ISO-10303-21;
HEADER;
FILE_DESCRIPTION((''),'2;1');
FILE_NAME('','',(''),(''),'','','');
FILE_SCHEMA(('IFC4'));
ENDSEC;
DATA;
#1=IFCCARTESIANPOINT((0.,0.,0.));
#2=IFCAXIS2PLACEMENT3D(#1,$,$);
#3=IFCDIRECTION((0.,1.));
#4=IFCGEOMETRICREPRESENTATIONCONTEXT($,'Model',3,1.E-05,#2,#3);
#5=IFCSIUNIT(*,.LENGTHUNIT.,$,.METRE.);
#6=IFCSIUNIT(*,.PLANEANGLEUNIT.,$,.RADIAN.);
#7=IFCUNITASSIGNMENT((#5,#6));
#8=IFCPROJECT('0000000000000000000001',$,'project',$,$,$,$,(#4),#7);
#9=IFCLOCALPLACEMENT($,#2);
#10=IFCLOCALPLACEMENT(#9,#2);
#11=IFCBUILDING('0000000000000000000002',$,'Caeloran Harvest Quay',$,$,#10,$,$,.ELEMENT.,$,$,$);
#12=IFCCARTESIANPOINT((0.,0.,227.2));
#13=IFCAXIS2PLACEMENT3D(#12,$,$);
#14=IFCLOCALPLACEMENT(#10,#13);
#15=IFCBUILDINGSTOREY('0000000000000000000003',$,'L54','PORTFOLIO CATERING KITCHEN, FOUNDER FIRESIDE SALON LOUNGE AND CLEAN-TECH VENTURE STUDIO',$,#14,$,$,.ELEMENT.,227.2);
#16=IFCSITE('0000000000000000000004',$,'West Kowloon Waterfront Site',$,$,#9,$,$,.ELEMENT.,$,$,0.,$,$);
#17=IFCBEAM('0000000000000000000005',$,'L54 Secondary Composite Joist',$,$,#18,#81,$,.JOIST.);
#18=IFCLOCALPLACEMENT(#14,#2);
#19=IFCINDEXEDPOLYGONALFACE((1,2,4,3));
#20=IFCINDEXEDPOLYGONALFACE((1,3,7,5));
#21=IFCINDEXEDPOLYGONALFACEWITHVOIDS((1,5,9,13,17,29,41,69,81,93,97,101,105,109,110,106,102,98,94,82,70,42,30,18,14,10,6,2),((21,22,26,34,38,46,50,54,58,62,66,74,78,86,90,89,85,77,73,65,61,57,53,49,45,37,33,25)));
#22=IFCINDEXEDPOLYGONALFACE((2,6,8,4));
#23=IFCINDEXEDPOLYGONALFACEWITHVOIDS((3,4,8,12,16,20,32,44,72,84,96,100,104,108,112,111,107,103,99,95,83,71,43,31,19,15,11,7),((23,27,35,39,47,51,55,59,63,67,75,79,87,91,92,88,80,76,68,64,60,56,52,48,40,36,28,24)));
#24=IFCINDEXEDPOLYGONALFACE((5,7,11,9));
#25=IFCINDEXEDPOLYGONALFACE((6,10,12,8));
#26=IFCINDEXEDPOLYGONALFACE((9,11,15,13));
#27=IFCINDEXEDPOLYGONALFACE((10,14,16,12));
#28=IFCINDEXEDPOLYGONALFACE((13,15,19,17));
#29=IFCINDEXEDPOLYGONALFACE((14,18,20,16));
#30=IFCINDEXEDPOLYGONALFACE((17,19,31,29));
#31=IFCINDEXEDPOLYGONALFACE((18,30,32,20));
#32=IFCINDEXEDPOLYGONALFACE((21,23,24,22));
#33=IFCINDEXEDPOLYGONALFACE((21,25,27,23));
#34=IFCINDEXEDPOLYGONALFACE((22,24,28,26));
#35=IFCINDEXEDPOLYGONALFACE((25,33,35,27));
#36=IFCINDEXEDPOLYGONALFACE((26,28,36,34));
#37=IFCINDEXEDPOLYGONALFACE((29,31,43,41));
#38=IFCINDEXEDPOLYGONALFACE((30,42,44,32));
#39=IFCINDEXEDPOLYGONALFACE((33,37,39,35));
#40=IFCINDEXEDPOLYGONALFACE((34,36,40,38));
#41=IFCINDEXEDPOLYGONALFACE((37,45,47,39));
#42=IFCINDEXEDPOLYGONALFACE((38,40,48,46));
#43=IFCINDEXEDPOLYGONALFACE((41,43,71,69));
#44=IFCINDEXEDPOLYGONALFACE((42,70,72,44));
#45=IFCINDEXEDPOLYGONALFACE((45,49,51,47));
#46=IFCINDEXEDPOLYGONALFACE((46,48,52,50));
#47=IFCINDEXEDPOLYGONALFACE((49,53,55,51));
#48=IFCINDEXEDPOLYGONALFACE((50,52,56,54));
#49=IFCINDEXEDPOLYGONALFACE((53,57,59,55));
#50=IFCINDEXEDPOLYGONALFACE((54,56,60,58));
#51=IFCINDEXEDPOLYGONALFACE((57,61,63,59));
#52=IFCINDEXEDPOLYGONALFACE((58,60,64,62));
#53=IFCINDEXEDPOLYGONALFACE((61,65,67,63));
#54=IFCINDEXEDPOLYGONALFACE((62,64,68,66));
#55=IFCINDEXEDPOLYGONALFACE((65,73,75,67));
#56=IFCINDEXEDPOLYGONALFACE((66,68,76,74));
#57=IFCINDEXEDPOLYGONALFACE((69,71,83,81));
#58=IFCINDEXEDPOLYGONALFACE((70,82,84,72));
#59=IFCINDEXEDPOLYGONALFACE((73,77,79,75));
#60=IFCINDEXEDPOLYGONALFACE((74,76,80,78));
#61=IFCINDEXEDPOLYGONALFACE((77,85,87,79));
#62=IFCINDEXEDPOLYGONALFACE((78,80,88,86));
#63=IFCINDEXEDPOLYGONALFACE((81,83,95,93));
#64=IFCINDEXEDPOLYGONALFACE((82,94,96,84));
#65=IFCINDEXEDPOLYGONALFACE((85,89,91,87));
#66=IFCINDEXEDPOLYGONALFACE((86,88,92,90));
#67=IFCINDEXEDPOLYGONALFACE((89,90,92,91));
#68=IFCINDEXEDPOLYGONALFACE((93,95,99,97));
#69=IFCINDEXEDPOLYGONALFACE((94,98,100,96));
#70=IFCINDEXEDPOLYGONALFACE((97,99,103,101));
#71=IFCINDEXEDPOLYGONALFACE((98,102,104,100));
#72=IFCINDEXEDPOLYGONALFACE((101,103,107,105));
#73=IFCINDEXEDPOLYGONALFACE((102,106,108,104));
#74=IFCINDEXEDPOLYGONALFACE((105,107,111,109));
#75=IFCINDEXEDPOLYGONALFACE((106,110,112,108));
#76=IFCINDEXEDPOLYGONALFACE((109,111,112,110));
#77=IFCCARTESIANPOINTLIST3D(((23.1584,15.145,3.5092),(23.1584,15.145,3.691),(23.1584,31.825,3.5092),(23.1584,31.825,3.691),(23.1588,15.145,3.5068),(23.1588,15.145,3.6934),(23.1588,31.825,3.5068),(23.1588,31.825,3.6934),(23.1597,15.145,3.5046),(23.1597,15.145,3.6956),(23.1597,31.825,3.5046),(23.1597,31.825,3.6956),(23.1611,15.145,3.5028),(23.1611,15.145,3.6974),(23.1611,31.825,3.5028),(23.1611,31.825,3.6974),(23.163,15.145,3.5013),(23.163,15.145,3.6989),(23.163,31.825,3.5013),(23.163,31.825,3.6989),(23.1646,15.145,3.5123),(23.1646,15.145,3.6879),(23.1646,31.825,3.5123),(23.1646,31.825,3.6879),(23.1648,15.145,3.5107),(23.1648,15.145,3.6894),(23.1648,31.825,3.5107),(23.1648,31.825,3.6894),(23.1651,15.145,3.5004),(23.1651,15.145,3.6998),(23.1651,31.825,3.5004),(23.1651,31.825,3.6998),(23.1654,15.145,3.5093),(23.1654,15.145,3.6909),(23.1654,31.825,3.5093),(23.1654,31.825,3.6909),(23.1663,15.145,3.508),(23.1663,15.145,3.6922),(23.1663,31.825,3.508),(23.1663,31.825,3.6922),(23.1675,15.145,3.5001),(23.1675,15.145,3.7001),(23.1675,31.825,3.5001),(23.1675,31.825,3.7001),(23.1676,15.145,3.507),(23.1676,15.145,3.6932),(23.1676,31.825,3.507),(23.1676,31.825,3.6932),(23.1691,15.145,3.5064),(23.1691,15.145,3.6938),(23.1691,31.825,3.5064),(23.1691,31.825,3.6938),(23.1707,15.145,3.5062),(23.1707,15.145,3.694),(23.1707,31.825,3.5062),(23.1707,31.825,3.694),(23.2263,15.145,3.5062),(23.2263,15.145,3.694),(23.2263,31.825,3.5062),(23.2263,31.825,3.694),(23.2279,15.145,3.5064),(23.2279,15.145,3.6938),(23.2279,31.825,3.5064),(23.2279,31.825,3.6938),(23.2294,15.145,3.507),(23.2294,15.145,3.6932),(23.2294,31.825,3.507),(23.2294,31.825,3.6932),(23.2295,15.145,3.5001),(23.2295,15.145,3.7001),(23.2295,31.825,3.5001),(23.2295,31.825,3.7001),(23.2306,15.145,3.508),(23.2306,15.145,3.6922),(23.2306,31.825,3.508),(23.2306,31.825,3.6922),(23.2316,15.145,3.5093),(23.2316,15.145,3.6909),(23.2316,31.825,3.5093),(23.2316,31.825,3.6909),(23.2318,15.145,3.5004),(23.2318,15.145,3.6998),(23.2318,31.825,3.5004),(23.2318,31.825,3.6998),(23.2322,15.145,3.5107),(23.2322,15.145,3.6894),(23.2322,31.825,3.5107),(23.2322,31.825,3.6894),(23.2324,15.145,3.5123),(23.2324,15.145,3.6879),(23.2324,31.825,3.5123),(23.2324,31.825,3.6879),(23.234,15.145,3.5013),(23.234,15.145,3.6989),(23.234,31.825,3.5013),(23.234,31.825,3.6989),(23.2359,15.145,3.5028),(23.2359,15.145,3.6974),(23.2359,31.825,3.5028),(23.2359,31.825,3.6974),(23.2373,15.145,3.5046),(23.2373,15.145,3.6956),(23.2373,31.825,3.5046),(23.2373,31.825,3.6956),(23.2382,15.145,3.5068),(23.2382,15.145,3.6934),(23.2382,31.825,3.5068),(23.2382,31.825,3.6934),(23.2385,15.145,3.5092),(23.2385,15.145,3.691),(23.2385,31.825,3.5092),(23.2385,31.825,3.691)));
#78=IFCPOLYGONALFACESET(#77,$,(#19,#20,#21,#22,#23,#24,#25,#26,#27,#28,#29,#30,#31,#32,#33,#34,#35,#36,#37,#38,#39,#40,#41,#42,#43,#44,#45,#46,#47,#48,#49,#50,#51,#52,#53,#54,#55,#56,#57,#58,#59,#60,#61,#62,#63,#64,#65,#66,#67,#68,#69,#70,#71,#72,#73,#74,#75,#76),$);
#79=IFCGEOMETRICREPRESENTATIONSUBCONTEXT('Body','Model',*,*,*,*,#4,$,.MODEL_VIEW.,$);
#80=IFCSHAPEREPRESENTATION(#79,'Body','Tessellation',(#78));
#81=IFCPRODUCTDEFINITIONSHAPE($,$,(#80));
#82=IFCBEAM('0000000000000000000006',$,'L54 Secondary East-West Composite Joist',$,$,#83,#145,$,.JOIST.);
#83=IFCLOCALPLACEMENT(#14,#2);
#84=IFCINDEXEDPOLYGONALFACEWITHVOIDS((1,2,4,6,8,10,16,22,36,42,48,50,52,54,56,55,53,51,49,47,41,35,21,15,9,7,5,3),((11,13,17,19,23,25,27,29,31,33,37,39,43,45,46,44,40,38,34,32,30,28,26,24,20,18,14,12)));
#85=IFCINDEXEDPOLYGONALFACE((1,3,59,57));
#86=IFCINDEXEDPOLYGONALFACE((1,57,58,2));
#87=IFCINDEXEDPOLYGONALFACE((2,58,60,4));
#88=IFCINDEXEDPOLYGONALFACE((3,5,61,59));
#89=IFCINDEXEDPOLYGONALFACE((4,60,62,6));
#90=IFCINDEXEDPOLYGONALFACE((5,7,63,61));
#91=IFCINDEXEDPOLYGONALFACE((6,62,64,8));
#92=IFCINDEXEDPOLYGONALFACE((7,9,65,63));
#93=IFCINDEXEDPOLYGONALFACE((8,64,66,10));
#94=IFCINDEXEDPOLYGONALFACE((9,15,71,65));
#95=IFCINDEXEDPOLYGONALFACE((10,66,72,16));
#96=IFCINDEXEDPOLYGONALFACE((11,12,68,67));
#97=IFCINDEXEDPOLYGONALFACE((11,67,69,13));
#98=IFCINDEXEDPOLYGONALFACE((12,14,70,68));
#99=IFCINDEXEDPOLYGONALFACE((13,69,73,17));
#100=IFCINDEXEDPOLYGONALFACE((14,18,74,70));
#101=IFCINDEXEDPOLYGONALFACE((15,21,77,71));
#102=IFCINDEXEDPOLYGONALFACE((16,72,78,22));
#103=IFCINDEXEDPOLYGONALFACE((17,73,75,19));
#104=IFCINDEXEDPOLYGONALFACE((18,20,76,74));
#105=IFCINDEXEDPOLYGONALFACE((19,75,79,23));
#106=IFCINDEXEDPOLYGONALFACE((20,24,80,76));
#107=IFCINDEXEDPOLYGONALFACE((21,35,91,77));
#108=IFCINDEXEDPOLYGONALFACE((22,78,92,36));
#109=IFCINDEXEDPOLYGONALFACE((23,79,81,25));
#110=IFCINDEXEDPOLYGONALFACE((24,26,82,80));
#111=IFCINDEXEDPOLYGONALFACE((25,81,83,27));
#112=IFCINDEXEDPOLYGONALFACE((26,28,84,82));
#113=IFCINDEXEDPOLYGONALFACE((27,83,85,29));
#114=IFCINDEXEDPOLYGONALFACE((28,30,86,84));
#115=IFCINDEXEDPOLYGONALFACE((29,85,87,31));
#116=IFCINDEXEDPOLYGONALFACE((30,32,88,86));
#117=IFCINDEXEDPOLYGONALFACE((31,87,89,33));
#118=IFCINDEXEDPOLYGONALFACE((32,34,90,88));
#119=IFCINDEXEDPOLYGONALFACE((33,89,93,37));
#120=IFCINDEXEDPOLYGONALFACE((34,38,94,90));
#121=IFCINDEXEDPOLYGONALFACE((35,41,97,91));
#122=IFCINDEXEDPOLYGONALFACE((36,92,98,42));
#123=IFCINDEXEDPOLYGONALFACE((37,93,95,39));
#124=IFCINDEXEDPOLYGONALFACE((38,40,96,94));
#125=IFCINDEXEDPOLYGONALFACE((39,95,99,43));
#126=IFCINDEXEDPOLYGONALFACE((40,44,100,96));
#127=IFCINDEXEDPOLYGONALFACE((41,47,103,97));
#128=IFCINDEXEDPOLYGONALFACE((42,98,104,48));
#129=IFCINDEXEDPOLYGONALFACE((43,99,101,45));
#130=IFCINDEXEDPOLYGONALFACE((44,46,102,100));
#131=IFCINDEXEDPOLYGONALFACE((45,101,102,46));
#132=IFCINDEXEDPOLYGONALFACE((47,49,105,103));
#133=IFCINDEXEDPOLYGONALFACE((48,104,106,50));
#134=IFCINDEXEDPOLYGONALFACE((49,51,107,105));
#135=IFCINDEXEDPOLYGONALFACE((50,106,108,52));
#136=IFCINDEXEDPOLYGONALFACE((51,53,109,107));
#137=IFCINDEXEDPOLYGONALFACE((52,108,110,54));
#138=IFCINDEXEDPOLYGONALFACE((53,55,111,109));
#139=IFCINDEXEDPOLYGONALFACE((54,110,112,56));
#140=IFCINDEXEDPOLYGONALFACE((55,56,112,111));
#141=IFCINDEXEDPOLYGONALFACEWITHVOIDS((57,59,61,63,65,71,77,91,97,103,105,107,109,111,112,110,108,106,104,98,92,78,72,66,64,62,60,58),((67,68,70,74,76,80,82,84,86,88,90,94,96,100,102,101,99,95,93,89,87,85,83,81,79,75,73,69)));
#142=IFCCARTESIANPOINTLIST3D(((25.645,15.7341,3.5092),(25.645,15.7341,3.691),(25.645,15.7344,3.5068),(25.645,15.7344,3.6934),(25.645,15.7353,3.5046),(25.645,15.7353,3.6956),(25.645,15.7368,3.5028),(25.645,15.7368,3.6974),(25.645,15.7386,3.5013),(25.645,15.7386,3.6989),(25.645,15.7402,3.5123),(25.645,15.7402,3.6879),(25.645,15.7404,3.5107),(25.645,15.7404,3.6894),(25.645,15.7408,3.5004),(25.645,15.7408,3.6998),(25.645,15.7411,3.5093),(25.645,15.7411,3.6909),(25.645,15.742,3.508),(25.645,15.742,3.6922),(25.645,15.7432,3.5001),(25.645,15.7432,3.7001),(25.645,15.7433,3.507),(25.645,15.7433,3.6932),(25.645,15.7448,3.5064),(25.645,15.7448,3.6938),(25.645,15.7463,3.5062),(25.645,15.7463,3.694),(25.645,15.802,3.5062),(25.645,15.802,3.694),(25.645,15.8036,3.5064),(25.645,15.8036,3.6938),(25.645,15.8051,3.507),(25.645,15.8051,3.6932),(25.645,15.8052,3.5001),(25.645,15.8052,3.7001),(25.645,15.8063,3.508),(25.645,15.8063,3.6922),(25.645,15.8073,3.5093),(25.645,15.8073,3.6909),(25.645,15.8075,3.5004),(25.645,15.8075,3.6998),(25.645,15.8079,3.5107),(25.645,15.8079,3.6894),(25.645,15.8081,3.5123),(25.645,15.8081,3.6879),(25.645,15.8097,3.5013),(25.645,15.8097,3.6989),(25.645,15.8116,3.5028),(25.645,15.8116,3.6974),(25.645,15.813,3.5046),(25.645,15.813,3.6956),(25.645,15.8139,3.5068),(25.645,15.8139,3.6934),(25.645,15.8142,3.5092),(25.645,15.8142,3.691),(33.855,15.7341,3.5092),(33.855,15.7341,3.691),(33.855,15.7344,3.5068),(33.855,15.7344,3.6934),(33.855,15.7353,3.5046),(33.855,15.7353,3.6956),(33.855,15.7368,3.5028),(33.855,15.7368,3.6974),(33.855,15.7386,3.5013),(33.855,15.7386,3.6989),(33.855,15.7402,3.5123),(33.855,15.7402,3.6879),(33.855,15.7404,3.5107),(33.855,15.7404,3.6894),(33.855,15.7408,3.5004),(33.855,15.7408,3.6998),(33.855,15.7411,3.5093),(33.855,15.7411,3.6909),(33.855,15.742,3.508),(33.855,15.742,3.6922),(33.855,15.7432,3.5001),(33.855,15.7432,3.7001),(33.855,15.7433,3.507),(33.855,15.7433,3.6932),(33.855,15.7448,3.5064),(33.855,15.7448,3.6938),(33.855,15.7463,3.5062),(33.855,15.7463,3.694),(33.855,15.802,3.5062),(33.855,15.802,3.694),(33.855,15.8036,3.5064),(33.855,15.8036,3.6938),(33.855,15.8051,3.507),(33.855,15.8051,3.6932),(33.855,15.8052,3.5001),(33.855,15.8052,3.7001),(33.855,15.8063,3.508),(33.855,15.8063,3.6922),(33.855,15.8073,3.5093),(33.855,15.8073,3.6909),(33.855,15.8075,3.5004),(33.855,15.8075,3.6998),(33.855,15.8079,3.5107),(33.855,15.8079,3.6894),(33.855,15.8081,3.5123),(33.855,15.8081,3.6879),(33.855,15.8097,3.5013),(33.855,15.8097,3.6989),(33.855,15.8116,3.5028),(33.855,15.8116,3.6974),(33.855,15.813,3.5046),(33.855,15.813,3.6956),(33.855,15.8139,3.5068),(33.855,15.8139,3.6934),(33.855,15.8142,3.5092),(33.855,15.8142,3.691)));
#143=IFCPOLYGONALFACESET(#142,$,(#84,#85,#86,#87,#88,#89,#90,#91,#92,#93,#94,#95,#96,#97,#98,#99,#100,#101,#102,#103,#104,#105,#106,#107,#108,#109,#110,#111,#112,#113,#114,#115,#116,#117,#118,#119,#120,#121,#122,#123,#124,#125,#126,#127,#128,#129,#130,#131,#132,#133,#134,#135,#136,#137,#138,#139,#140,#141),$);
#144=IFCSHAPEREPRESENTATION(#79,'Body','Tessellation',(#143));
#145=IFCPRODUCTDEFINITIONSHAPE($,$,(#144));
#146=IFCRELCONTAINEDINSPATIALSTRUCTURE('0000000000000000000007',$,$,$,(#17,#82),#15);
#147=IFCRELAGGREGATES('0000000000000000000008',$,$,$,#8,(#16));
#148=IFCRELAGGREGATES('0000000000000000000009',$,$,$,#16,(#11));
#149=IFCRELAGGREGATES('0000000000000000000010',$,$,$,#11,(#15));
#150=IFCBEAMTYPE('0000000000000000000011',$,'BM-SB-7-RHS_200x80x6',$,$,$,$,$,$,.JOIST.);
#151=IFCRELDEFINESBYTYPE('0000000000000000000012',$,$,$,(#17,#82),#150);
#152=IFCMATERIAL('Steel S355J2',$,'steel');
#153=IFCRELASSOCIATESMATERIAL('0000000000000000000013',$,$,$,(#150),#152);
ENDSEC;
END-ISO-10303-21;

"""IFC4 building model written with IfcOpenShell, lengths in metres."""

from ifc_helpers import new_model, si_unit, direction, frame, origin, origin_2d, place, context, subcontext, project, spatial, hollow_rectangle, extrude, material, material_profile, profile_set, type_object, element, save


model = new_model("IFC4")

# Units and contexts
model_context = context("Model", 3, precision=1e-05, world=origin(), true_north=direction((0.0, 1.0)))
body_context = subcontext(model_context, "Body", "Model", "MODEL_VIEW")
ifc_project = project(units=[si_unit("LENGTHUNIT", "METRE"), si_unit("PLANEANGLEUNIT", "RADIAN")], contexts=[model_context])

# Site, building, storey
site_placement = place(None, origin())
site = spatial("IfcSite", under=ifc_project, at=site_placement, Name="West Kowloon Waterfront Site", CompositionType="ELEMENT", RefElevation=0.0)
building_placement = place(site_placement, origin())
building = spatial("IfcBuilding", under=site, at=building_placement, Name="Caeloran Harvest Quay", CompositionType="ELEMENT")
storey_placement = place(building_placement, frame((0.0, 0.0, 227.2)))
storey = spatial("IfcBuildingStorey", under=building, at=storey_placement, Name="L54", Description="PORTFOLIO CATERING KITCHEN, FOUNDER FIRESIDE SALON LOUNGE AND CLEAN-TECH VENTURE STUDIO", CompositionType="ELEMENT", Elevation=227.2)

# Beams
ifc_material_1 = material(Name="Steel S355J2", Category="steel")
ifc_material_profile_1 = material_profile(ifc_material_1, hollow_rectangle(XDim=0.0801, YDim=0.2, WallThickness=0.0061, InnerFilletRadius=0.0061, OuterFilletRadius=0.009, at=origin_2d()), Name="RHS 200x80x6")
ifc_profile_set_1 = profile_set([ifc_material_profile_1], Name="Steel S355J2")
beam_type_1 = type_object("IfcBeamType", Name="BM-SB-7-RHS_200x80x6", PredefinedType="JOIST", material=ifc_profile_set_1)
beam_1_placement = place(storey_placement, frame((23.1985, 15.145, 3.6001), z_axis=(0.0, 1.0, 0.0), x_axis=(-1.0, 0.0, 0.0)))
element("IfcBeam", 1, at=beam_1_placement, inside=storey, type_object=beam_type_1, Name="L54 Secondary Composite Joist", PredefinedType="JOIST", context=body_context, shape_type="SweptSolid", body=[
    extrude(hollow_rectangle(XDim=0.0801, YDim=0.2, WallThickness=0.0061, InnerFilletRadius=0.0061, OuterFilletRadius=0.009, at=origin_2d()), origin(), (0.0, 0.0, 1.0), 16.6799),
])
for number, where, z_axis, x_axis, name in (
    (2, (25.645, 15.7742, 3.6001), (1.0, 0.0, 0.0), (0.0, 1.0, 0.0), "L54 Secondary East-West Composite Joist"),
):
    element("IfcBeam", number, at=place(storey_placement, frame(where, z_axis=z_axis, x_axis=x_axis)), inside=storey, type_object=beam_type_1, Name=name, PredefinedType="JOIST", context=body_context, shape_type="SweptSolid", body=[
        extrude(hollow_rectangle(XDim=0.0801, YDim=0.2, WallThickness=0.0061, InnerFilletRadius=0.0061, OuterFilletRadius=0.009, at=origin_2d()), origin(), (0.0, 0.0, 1.0), 8.21),
    ])

save(model, "model.ifc")
